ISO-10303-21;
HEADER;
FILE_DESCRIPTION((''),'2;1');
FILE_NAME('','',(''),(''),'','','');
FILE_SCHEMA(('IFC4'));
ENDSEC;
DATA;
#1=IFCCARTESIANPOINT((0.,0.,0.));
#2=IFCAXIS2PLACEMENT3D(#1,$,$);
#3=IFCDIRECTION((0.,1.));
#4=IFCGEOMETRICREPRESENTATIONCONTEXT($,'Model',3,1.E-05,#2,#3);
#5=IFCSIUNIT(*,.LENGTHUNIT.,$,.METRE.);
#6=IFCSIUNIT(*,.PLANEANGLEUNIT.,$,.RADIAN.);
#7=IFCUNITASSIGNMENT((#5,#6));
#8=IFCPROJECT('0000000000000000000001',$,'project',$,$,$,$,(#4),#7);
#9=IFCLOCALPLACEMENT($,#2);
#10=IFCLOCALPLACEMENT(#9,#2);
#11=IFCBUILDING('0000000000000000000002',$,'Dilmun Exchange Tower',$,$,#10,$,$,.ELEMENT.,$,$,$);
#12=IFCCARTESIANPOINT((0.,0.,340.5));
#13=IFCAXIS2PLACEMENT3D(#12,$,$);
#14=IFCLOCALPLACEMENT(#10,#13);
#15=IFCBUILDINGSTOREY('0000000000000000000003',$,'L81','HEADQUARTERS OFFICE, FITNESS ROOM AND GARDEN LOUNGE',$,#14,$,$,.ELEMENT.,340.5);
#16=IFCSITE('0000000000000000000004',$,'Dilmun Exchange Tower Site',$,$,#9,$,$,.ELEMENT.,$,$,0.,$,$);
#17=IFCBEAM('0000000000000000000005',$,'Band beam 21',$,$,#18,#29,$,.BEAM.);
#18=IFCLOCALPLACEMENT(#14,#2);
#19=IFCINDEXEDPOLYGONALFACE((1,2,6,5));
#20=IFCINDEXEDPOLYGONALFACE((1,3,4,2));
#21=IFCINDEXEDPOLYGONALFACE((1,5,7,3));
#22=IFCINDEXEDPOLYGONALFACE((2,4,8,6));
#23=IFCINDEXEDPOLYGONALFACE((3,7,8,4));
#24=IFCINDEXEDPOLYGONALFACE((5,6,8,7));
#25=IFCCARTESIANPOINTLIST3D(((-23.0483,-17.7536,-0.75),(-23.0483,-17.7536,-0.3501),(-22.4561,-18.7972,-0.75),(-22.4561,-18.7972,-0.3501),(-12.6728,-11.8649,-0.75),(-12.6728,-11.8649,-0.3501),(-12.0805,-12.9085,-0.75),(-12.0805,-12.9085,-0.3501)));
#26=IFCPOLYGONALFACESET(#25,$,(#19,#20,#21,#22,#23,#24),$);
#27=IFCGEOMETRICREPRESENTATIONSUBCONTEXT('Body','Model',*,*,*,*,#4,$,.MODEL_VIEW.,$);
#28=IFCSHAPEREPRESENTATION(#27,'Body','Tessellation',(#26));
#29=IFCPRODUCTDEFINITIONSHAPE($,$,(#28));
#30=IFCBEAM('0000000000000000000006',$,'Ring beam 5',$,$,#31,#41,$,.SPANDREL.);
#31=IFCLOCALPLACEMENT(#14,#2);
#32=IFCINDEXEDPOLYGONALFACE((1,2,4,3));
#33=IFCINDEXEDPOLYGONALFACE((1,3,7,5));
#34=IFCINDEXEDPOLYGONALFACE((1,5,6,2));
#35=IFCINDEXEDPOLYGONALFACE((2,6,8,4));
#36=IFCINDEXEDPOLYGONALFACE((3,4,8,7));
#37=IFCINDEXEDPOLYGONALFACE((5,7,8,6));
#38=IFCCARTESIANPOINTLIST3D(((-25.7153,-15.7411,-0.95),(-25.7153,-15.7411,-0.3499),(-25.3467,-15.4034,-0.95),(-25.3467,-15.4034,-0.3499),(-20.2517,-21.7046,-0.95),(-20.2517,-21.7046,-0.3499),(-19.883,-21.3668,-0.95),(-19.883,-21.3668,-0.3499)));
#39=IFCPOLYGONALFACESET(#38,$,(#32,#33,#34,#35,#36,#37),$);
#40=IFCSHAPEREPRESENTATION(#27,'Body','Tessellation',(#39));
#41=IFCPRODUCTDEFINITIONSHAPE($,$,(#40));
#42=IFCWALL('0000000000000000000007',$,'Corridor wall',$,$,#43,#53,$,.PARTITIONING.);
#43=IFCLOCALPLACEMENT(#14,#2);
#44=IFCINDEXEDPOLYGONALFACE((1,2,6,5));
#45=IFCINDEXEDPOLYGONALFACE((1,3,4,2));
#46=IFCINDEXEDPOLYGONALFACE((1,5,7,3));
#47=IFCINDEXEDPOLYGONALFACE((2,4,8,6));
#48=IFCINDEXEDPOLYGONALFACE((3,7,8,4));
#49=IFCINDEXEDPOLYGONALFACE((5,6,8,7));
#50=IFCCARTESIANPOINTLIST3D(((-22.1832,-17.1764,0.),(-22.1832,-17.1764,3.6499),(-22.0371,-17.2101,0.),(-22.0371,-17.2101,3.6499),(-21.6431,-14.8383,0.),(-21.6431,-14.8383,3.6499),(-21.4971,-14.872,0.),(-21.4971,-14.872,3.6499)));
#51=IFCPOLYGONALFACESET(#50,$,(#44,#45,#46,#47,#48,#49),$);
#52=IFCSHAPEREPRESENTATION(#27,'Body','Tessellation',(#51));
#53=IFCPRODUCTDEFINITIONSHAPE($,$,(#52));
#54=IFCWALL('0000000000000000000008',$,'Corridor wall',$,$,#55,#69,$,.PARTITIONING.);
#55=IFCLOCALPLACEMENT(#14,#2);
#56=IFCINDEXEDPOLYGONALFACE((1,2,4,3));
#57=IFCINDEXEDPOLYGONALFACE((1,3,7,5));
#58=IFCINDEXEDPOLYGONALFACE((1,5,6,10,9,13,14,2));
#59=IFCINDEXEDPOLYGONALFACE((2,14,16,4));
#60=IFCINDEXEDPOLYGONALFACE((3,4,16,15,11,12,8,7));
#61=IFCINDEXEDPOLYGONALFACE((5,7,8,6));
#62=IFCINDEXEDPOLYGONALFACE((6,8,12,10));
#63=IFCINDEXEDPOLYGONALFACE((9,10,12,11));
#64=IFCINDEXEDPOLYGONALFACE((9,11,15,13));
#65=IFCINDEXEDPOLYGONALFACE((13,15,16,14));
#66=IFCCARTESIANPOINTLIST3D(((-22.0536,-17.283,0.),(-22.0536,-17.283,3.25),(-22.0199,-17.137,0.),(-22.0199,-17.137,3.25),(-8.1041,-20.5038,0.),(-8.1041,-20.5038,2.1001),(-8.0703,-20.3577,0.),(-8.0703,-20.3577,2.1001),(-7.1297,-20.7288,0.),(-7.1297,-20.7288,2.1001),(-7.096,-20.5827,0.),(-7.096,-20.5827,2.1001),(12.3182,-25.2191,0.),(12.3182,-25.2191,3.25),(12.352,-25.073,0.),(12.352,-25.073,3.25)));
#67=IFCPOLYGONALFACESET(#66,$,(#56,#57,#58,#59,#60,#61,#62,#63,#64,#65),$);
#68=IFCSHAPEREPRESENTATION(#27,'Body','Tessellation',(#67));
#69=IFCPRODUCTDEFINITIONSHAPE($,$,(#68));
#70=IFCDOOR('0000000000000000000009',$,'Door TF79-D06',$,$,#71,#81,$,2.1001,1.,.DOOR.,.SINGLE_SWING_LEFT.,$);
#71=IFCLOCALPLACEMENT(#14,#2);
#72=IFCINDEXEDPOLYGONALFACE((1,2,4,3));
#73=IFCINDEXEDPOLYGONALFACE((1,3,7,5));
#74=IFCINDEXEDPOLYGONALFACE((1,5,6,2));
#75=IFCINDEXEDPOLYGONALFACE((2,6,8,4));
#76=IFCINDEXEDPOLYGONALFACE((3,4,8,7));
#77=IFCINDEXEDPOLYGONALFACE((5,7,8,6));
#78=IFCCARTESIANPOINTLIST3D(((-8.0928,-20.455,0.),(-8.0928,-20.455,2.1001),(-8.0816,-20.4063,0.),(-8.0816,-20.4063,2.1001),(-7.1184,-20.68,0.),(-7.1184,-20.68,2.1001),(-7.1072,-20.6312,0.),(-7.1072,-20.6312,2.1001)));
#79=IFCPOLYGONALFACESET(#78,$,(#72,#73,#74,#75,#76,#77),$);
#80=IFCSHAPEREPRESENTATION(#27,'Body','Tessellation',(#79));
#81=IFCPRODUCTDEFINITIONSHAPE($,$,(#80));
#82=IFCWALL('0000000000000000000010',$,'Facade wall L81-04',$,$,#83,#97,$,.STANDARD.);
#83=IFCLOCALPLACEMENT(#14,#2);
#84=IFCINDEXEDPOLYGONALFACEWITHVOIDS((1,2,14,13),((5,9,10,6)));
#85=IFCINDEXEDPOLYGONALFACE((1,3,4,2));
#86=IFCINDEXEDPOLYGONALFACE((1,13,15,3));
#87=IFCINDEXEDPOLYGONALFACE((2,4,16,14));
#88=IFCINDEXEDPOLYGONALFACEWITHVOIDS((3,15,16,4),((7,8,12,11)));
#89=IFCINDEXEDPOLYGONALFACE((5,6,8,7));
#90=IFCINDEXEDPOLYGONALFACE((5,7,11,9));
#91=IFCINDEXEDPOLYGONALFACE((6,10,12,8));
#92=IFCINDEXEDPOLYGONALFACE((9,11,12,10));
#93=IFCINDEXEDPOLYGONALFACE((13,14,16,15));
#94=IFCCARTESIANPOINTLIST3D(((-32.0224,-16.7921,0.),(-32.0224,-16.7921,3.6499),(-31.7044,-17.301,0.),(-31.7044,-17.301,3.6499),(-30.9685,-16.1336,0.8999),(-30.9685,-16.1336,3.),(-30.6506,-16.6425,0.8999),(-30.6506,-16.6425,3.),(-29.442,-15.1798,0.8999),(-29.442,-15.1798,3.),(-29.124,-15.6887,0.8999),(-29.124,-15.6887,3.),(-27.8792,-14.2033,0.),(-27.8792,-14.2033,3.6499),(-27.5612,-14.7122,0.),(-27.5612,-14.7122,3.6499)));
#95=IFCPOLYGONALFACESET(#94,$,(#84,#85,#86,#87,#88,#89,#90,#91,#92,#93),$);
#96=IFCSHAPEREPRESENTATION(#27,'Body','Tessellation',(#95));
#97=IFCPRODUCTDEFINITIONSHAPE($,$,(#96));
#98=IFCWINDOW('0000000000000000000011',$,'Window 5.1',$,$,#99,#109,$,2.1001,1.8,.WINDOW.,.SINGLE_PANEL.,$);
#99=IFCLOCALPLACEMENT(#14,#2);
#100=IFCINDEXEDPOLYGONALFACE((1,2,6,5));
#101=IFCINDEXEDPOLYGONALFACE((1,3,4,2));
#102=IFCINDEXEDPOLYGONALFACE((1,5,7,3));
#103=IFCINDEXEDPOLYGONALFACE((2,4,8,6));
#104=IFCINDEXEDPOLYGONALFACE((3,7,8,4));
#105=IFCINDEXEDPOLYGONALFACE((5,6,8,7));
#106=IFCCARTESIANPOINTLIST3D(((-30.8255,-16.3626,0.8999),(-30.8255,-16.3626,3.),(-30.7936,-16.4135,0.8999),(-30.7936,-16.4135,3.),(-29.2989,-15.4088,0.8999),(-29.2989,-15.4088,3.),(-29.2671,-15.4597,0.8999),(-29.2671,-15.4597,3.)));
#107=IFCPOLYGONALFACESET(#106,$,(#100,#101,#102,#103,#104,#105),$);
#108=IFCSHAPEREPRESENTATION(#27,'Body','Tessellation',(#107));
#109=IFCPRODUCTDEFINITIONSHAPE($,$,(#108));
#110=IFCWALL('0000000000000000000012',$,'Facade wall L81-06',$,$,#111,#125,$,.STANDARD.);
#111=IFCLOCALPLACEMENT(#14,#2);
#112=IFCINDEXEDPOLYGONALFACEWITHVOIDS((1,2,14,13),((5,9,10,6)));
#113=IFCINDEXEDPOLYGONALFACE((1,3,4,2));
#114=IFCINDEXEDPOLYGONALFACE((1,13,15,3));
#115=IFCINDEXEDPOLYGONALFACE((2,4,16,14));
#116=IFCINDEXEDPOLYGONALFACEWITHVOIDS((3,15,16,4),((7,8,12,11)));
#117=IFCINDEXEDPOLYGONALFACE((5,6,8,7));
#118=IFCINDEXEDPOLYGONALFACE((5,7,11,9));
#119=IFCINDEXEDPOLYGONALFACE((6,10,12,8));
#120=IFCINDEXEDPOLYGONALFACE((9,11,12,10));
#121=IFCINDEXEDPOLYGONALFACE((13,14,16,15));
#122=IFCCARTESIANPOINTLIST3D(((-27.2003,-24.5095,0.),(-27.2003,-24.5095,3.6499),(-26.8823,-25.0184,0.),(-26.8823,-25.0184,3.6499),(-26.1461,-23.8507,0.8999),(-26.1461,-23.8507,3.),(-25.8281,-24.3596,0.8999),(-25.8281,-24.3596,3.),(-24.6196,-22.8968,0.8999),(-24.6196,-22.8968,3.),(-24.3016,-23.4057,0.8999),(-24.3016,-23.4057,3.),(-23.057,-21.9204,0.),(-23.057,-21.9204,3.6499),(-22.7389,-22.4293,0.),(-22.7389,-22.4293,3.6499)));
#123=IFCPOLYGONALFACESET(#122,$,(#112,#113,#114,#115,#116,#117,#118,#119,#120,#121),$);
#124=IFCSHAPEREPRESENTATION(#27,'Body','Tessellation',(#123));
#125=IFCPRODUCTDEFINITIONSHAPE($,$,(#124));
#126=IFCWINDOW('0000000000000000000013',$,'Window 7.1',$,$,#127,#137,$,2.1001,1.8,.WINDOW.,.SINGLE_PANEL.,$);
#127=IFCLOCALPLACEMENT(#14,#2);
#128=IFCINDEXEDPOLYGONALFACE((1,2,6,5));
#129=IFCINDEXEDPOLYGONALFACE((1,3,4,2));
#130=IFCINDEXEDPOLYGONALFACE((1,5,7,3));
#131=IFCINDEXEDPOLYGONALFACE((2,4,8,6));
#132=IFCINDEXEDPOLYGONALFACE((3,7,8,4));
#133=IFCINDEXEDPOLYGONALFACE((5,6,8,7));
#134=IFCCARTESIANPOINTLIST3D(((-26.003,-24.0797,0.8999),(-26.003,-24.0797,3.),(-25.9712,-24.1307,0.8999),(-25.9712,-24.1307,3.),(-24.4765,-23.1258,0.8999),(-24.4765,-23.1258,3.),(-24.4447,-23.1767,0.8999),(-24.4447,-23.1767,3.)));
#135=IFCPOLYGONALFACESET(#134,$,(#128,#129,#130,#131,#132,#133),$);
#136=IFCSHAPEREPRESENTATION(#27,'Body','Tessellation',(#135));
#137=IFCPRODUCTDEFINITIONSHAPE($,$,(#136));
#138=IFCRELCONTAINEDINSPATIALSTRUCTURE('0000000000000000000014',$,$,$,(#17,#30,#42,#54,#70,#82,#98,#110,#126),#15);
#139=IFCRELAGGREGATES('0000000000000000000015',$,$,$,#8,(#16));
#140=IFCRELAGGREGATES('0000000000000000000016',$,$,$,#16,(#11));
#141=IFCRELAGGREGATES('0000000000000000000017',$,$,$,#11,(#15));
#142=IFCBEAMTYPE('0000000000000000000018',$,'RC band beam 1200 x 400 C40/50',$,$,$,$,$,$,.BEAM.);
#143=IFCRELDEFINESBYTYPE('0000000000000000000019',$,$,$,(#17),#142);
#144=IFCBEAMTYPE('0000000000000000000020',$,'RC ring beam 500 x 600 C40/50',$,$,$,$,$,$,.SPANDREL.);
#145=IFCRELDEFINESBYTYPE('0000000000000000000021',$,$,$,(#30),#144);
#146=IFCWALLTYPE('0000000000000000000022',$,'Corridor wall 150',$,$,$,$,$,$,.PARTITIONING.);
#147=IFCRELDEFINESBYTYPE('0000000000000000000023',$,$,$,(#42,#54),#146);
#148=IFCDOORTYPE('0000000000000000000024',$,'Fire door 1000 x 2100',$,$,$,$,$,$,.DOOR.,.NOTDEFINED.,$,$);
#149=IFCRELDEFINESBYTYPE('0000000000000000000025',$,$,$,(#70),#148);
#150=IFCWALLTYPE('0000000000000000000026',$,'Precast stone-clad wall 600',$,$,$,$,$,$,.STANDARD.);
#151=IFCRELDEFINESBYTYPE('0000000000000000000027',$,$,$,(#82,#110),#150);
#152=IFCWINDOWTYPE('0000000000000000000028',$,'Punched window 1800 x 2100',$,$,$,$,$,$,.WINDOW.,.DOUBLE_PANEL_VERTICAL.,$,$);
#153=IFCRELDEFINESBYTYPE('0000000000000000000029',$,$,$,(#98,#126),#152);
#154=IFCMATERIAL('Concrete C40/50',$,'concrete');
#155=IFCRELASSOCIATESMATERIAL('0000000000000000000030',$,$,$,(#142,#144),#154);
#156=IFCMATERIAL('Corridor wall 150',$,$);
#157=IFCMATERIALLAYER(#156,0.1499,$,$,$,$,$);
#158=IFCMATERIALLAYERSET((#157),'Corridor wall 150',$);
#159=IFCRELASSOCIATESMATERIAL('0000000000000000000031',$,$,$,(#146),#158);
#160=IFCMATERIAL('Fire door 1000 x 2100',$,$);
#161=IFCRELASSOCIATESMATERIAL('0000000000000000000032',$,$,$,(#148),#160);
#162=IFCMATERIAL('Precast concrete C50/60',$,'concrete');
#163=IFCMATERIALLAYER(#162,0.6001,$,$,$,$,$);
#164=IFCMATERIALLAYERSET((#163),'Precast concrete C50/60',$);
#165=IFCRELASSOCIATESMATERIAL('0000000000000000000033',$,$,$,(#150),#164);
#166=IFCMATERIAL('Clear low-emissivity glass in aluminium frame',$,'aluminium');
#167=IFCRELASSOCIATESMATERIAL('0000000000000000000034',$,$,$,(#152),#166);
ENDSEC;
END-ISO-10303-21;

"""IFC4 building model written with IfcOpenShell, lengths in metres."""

from ifc_helpers import new_model, si_unit, direction, frame, frame_2d, origin, origin_2d, place, context, subcontext, project, spatial, rectangle, extrude, material, layer, layer_set, material_profile, profile_set, type_object, element, fill, save


model = new_model("IFC4")

# Units and contexts
model_context = context("Model", 3, precision=1e-05, world=origin(), true_north=direction((0.0, 1.0)))
body_context = subcontext(model_context, "Body", "Model", "MODEL_VIEW")
ifc_project = project(units=[si_unit("LENGTHUNIT", "METRE"), si_unit("PLANEANGLEUNIT", "RADIAN")], contexts=[model_context])

# Site, building, storey
site_placement = place(None, origin())
site = spatial("IfcSite", under=ifc_project, at=site_placement, Name="Dilmun Exchange Tower Site", CompositionType="ELEMENT", RefElevation=0.0)
building_placement = place(site_placement, origin())
building = spatial("IfcBuilding", under=site, at=building_placement, Name="Dilmun Exchange Tower", CompositionType="ELEMENT")
storey_placement = place(building_placement, frame((0.0, 0.0, 340.5)))
storey = spatial("IfcBuildingStorey", under=building, at=storey_placement, Name="L81", Description="HEADQUARTERS OFFICE, FITNESS ROOM AND GARDEN LOUNGE", CompositionType="ELEMENT", Elevation=340.5)

# Beams
ifc_material_1 = material(Name="Concrete C40/50", Category="concrete")
ifc_material_profile_1 = material_profile(ifc_material_1, rectangle(XDim=1.2, YDim=0.3999, at=origin_2d()), Name="1200 x 400")
ifc_profile_set_1 = profile_set([ifc_material_profile_1], Name="Concrete C40/50")
beam_type_1 = type_object("IfcBeamType", Name="RC band beam 1200 x 400 C40/50", PredefinedType="BEAM", material=ifc_profile_set_1)
beam_1_placement = place(storey_placement, frame((-22.7522, -18.2754, -0.55), z_axis=(0.86969, 0.493598, 0.0), x_axis=(-0.493598, 0.86969, 0.0)))
element("IfcBeam", 1, at=beam_1_placement, inside=storey, type_object=beam_type_1, Name="Band beam 21", PredefinedType="BEAM", context=body_context, shape_type="SweptSolid", body=[
    extrude(rectangle(XDim=1.2, YDim=0.3999, at=origin_2d()), origin(), (0.0, 0.0, 1.0), 11.9302),
])
ifc_material_profile_2 = material_profile(ifc_material_1, rectangle(XDim=0.5, YDim=0.6001, at=origin_2d()), Name="500 x 600")
ifc_profile_set_2 = profile_set([ifc_material_profile_2], Name="Concrete C40/50")
beam_type_2 = type_object("IfcBeamType", Name="RC ring beam 500 x 600 C40/50", PredefinedType="SPANDREL", material=ifc_profile_set_2)
beam_2_placement = place(storey_placement, frame((-25.531, -15.5723, -0.6499), z_axis=(0.675536, -0.737327, 0.0), x_axis=(0.737327, 0.675536, 0.0)))
element("IfcBeam", 2, at=beam_2_placement, inside=storey, type_object=beam_type_2, Name="Ring beam 5", PredefinedType="SPANDREL", context=body_context, shape_type="SweptSolid", body=[
    extrude(rectangle(XDim=0.5, YDim=0.6001, at=origin_2d()), origin(), (0.0, 0.0, 1.0), 8.0879),
])

# Wall
ifc_material_2 = material(Name="Corridor wall 150")
ifc_layer_1 = layer(ifc_material_2, 0.1499)
ifc_layer_set_1 = layer_set([ifc_layer_1], Name="Corridor wall 150")
wall_type_1 = type_object("IfcWallType", Name="Corridor wall 150", PredefinedType="PARTITIONING", material=ifc_layer_set_1)
wall_1_placement = place(storey_placement, frame((-22.1101, -17.1931, 0.0), z_axis=(0.0, 0.0, 1.0), x_axis=(0.225045, 0.974348, 0.0)))
element("IfcWall", 3, at=wall_1_placement, inside=storey, type_object=wall_type_1, Name="Corridor wall", PredefinedType="PARTITIONING", context=body_context, shape_type="SweptSolid", body=[
    extrude(rectangle(XDim=2.3997, YDim=0.1499, at=frame_2d((1.1997, 0.0))), origin(), (0.0, 0.0, 1.0), 3.6499),
])

# Wall, opening, door
wall_2_placement = place(storey_placement, frame((-22.0369, -17.21, 0.0), z_axis=(0.0, 0.0, 1.0), x_axis=(0.974366, -0.224969, 0.0)))
wall_2 = element("IfcWall", 4, at=wall_2_placement, inside=storey, type_object=wall_type_1, Name="Corridor wall", PredefinedType="PARTITIONING", context=body_context, shape_type="SweptSolid", body=[
    extrude(rectangle(XDim=35.2761, YDim=0.1499, at=frame_2d((17.6382, 0.0))), origin(), (0.0, 0.0, 1.0), 3.25),
])
opening_1_placement = place(wall_2_placement, frame((14.3167, 0.0, 0.0)))
opening_1 = element("IfcOpeningElement", 5, at=opening_1_placement, cuts=wall_2, PredefinedType="OPENING", context=body_context, shape_type="SweptSolid", body=[
    extrude(rectangle(XDim=1.0, YDim=2.1001, at=frame_2d((0.5, 1.05))), frame((0.0, 0.085, 0.0), z_axis=(0.0, -1.0, 0.0), x_axis=(1.0, 0.0, 0.0)), (0.0, 0.0, 1.0), 0.1699),
])
ifc_material_3 = material(Name="Fire door 1000 x 2100")
door_type = type_object("IfcDoorType", Name="Fire door 1000 x 2100", OperationType="NOTDEFINED", PredefinedType="DOOR", material=ifc_material_3)
door_placement = place(opening_1_placement, frame((1.0, 0.0, 0.0), z_axis=(0.0, 0.0, 1.0), x_axis=(-1.0, 0.0, 0.0)))
door = element("IfcDoor", 6, at=door_placement, inside=storey, type_object=door_type, Name="Door TF79-D06", OperationType="SINGLE_SWING_LEFT", OverallHeight=2.1001, OverallWidth=1.0, PredefinedType="DOOR", context=body_context, shape_type="SweptSolid", body=[
    extrude(rectangle(XDim=1.0, YDim=2.1001, at=frame_2d((0.5, 1.05))), frame((0.0, 0.0249, 0.0), z_axis=(0.0, -1.0, 0.0), x_axis=(1.0, 0.0, 0.0)), (0.0, 0.0, 1.0), 0.05),
])
fill(opening_1, door)

# Walls, openings, windows
ifc_material_4 = material(Name="Precast concrete C50/60", Category="concrete")
ifc_layer_2 = layer(ifc_material_4, 0.6001)
ifc_layer_set_2 = layer_set([ifc_layer_2], Name="Precast concrete C50/60")
wall_type_2 = type_object("IfcWallType", Name="Precast stone-clad wall 600", PredefinedType="STANDARD", material=ifc_layer_set_2)
wall_3_placement = place(storey_placement, frame((-31.8635, -17.0466, 0.0), z_axis=(0.0, 0.0, 1.0), x_axis=(0.848063, 0.529896, 0.0)))
wall_3 = element("IfcWall", 7, at=wall_3_placement, inside=storey, type_object=wall_type_2, Name="Facade wall L81-04", PredefinedType="STANDARD", context=body_context, shape_type="SweptSolid", body=[
    extrude(rectangle(XDim=4.8855, YDim=0.6001, at=frame_2d((2.4429, 0.0))), origin(), (0.0, 0.0, 1.0), 3.6499),
])
opening_2_placement = place(wall_3_placement, frame((1.2429, 0.0, 0.8999)))
opening_2 = element("IfcOpeningElement", 8, at=opening_2_placement, cuts=wall_3, PredefinedType="OPENING", context=body_context, shape_type="SweptSolid", body=[
    extrude(rectangle(XDim=1.8, YDim=2.1001, at=frame_2d((0.8999, 1.05))), frame((0.0, 0.3101, 0.0), z_axis=(0.0, -1.0, 0.0), x_axis=(1.0, 0.0, 0.0)), (0.0, 0.0, 1.0), 0.6201),
])
ifc_material_5 = material(Name="Clear low-emissivity glass in aluminium frame", Category="aluminium")
window_type_1 = type_object("IfcWindowType", Name="Punched window 1800 x 2100", PartitioningType="DOUBLE_PANEL_VERTICAL", PredefinedType="WINDOW", material=ifc_material_5)
window_1_placement = place(opening_2_placement, origin())
window_1 = element("IfcWindow", 9, at=window_1_placement, inside=storey, type_object=window_type_1, Name="Window 5.1", OverallHeight=2.1001, OverallWidth=1.8, PartitioningType="SINGLE_PANEL", PredefinedType="WINDOW", context=body_context, shape_type="SweptSolid", body=[
    extrude(rectangle(XDim=1.8, YDim=2.1001, at=frame_2d((0.8999, 1.05))), frame((0.0, 0.03, 0.0), z_axis=(0.0, -1.0, 0.0), x_axis=(1.0, 0.0, 0.0)), (0.0, 0.0, 1.0), 0.0601),
])
fill(opening_2, window_1)
wall_4_placement = place(storey_placement, frame((-22.8979, -22.1748, 0.0), z_axis=(0.0, 0.0, 1.0), x_axis=(-0.84804, -0.529932, 0.0)))
wall_4 = element("IfcWall", 10, at=wall_4_placement, inside=storey, type_object=wall_type_2, Name="Facade wall L81-06", PredefinedType="STANDARD", context=body_context, shape_type="SweptSolid", body=[
    extrude(rectangle(XDim=4.8857, YDim=0.6001, at=frame_2d((2.4429, 0.0))), origin(), (0.0, 0.0, 1.0), 3.6499),
])
opening_3_placement = place(wall_4_placement, frame((1.8428, 0.0, 0.8999)))
opening_3 = element("IfcOpeningElement", 11, at=opening_3_placement, cuts=wall_4, PredefinedType="OPENING", context=body_context, shape_type="SweptSolid", body=[
    extrude(rectangle(XDim=1.8, YDim=2.1001, at=frame_2d((0.8999, 1.05))), frame((0.0, 0.3101, 0.0), z_axis=(0.0, -1.0, 0.0), x_axis=(1.0, 0.0, 0.0)), (0.0, 0.0, 1.0), 0.6201),
])
window_2_placement = place(opening_3_placement, origin())
window_2 = element("IfcWindow", 12, at=window_2_placement, inside=storey, type_object=window_type_1, Name="Window 7.1", OverallHeight=2.1001, OverallWidth=1.8, PartitioningType="SINGLE_PANEL", PredefinedType="WINDOW", context=body_context, shape_type="SweptSolid", body=[
    extrude(rectangle(XDim=1.8, YDim=2.1001, at=frame_2d((0.8999, 1.05))), frame((0.0, 0.03, 0.0), z_axis=(0.0, -1.0, 0.0), x_axis=(1.0, 0.0, 0.0)), (0.0, 0.0, 1.0), 0.0601),
])
fill(opening_3, window_2)

save(model, "model.ifc")
